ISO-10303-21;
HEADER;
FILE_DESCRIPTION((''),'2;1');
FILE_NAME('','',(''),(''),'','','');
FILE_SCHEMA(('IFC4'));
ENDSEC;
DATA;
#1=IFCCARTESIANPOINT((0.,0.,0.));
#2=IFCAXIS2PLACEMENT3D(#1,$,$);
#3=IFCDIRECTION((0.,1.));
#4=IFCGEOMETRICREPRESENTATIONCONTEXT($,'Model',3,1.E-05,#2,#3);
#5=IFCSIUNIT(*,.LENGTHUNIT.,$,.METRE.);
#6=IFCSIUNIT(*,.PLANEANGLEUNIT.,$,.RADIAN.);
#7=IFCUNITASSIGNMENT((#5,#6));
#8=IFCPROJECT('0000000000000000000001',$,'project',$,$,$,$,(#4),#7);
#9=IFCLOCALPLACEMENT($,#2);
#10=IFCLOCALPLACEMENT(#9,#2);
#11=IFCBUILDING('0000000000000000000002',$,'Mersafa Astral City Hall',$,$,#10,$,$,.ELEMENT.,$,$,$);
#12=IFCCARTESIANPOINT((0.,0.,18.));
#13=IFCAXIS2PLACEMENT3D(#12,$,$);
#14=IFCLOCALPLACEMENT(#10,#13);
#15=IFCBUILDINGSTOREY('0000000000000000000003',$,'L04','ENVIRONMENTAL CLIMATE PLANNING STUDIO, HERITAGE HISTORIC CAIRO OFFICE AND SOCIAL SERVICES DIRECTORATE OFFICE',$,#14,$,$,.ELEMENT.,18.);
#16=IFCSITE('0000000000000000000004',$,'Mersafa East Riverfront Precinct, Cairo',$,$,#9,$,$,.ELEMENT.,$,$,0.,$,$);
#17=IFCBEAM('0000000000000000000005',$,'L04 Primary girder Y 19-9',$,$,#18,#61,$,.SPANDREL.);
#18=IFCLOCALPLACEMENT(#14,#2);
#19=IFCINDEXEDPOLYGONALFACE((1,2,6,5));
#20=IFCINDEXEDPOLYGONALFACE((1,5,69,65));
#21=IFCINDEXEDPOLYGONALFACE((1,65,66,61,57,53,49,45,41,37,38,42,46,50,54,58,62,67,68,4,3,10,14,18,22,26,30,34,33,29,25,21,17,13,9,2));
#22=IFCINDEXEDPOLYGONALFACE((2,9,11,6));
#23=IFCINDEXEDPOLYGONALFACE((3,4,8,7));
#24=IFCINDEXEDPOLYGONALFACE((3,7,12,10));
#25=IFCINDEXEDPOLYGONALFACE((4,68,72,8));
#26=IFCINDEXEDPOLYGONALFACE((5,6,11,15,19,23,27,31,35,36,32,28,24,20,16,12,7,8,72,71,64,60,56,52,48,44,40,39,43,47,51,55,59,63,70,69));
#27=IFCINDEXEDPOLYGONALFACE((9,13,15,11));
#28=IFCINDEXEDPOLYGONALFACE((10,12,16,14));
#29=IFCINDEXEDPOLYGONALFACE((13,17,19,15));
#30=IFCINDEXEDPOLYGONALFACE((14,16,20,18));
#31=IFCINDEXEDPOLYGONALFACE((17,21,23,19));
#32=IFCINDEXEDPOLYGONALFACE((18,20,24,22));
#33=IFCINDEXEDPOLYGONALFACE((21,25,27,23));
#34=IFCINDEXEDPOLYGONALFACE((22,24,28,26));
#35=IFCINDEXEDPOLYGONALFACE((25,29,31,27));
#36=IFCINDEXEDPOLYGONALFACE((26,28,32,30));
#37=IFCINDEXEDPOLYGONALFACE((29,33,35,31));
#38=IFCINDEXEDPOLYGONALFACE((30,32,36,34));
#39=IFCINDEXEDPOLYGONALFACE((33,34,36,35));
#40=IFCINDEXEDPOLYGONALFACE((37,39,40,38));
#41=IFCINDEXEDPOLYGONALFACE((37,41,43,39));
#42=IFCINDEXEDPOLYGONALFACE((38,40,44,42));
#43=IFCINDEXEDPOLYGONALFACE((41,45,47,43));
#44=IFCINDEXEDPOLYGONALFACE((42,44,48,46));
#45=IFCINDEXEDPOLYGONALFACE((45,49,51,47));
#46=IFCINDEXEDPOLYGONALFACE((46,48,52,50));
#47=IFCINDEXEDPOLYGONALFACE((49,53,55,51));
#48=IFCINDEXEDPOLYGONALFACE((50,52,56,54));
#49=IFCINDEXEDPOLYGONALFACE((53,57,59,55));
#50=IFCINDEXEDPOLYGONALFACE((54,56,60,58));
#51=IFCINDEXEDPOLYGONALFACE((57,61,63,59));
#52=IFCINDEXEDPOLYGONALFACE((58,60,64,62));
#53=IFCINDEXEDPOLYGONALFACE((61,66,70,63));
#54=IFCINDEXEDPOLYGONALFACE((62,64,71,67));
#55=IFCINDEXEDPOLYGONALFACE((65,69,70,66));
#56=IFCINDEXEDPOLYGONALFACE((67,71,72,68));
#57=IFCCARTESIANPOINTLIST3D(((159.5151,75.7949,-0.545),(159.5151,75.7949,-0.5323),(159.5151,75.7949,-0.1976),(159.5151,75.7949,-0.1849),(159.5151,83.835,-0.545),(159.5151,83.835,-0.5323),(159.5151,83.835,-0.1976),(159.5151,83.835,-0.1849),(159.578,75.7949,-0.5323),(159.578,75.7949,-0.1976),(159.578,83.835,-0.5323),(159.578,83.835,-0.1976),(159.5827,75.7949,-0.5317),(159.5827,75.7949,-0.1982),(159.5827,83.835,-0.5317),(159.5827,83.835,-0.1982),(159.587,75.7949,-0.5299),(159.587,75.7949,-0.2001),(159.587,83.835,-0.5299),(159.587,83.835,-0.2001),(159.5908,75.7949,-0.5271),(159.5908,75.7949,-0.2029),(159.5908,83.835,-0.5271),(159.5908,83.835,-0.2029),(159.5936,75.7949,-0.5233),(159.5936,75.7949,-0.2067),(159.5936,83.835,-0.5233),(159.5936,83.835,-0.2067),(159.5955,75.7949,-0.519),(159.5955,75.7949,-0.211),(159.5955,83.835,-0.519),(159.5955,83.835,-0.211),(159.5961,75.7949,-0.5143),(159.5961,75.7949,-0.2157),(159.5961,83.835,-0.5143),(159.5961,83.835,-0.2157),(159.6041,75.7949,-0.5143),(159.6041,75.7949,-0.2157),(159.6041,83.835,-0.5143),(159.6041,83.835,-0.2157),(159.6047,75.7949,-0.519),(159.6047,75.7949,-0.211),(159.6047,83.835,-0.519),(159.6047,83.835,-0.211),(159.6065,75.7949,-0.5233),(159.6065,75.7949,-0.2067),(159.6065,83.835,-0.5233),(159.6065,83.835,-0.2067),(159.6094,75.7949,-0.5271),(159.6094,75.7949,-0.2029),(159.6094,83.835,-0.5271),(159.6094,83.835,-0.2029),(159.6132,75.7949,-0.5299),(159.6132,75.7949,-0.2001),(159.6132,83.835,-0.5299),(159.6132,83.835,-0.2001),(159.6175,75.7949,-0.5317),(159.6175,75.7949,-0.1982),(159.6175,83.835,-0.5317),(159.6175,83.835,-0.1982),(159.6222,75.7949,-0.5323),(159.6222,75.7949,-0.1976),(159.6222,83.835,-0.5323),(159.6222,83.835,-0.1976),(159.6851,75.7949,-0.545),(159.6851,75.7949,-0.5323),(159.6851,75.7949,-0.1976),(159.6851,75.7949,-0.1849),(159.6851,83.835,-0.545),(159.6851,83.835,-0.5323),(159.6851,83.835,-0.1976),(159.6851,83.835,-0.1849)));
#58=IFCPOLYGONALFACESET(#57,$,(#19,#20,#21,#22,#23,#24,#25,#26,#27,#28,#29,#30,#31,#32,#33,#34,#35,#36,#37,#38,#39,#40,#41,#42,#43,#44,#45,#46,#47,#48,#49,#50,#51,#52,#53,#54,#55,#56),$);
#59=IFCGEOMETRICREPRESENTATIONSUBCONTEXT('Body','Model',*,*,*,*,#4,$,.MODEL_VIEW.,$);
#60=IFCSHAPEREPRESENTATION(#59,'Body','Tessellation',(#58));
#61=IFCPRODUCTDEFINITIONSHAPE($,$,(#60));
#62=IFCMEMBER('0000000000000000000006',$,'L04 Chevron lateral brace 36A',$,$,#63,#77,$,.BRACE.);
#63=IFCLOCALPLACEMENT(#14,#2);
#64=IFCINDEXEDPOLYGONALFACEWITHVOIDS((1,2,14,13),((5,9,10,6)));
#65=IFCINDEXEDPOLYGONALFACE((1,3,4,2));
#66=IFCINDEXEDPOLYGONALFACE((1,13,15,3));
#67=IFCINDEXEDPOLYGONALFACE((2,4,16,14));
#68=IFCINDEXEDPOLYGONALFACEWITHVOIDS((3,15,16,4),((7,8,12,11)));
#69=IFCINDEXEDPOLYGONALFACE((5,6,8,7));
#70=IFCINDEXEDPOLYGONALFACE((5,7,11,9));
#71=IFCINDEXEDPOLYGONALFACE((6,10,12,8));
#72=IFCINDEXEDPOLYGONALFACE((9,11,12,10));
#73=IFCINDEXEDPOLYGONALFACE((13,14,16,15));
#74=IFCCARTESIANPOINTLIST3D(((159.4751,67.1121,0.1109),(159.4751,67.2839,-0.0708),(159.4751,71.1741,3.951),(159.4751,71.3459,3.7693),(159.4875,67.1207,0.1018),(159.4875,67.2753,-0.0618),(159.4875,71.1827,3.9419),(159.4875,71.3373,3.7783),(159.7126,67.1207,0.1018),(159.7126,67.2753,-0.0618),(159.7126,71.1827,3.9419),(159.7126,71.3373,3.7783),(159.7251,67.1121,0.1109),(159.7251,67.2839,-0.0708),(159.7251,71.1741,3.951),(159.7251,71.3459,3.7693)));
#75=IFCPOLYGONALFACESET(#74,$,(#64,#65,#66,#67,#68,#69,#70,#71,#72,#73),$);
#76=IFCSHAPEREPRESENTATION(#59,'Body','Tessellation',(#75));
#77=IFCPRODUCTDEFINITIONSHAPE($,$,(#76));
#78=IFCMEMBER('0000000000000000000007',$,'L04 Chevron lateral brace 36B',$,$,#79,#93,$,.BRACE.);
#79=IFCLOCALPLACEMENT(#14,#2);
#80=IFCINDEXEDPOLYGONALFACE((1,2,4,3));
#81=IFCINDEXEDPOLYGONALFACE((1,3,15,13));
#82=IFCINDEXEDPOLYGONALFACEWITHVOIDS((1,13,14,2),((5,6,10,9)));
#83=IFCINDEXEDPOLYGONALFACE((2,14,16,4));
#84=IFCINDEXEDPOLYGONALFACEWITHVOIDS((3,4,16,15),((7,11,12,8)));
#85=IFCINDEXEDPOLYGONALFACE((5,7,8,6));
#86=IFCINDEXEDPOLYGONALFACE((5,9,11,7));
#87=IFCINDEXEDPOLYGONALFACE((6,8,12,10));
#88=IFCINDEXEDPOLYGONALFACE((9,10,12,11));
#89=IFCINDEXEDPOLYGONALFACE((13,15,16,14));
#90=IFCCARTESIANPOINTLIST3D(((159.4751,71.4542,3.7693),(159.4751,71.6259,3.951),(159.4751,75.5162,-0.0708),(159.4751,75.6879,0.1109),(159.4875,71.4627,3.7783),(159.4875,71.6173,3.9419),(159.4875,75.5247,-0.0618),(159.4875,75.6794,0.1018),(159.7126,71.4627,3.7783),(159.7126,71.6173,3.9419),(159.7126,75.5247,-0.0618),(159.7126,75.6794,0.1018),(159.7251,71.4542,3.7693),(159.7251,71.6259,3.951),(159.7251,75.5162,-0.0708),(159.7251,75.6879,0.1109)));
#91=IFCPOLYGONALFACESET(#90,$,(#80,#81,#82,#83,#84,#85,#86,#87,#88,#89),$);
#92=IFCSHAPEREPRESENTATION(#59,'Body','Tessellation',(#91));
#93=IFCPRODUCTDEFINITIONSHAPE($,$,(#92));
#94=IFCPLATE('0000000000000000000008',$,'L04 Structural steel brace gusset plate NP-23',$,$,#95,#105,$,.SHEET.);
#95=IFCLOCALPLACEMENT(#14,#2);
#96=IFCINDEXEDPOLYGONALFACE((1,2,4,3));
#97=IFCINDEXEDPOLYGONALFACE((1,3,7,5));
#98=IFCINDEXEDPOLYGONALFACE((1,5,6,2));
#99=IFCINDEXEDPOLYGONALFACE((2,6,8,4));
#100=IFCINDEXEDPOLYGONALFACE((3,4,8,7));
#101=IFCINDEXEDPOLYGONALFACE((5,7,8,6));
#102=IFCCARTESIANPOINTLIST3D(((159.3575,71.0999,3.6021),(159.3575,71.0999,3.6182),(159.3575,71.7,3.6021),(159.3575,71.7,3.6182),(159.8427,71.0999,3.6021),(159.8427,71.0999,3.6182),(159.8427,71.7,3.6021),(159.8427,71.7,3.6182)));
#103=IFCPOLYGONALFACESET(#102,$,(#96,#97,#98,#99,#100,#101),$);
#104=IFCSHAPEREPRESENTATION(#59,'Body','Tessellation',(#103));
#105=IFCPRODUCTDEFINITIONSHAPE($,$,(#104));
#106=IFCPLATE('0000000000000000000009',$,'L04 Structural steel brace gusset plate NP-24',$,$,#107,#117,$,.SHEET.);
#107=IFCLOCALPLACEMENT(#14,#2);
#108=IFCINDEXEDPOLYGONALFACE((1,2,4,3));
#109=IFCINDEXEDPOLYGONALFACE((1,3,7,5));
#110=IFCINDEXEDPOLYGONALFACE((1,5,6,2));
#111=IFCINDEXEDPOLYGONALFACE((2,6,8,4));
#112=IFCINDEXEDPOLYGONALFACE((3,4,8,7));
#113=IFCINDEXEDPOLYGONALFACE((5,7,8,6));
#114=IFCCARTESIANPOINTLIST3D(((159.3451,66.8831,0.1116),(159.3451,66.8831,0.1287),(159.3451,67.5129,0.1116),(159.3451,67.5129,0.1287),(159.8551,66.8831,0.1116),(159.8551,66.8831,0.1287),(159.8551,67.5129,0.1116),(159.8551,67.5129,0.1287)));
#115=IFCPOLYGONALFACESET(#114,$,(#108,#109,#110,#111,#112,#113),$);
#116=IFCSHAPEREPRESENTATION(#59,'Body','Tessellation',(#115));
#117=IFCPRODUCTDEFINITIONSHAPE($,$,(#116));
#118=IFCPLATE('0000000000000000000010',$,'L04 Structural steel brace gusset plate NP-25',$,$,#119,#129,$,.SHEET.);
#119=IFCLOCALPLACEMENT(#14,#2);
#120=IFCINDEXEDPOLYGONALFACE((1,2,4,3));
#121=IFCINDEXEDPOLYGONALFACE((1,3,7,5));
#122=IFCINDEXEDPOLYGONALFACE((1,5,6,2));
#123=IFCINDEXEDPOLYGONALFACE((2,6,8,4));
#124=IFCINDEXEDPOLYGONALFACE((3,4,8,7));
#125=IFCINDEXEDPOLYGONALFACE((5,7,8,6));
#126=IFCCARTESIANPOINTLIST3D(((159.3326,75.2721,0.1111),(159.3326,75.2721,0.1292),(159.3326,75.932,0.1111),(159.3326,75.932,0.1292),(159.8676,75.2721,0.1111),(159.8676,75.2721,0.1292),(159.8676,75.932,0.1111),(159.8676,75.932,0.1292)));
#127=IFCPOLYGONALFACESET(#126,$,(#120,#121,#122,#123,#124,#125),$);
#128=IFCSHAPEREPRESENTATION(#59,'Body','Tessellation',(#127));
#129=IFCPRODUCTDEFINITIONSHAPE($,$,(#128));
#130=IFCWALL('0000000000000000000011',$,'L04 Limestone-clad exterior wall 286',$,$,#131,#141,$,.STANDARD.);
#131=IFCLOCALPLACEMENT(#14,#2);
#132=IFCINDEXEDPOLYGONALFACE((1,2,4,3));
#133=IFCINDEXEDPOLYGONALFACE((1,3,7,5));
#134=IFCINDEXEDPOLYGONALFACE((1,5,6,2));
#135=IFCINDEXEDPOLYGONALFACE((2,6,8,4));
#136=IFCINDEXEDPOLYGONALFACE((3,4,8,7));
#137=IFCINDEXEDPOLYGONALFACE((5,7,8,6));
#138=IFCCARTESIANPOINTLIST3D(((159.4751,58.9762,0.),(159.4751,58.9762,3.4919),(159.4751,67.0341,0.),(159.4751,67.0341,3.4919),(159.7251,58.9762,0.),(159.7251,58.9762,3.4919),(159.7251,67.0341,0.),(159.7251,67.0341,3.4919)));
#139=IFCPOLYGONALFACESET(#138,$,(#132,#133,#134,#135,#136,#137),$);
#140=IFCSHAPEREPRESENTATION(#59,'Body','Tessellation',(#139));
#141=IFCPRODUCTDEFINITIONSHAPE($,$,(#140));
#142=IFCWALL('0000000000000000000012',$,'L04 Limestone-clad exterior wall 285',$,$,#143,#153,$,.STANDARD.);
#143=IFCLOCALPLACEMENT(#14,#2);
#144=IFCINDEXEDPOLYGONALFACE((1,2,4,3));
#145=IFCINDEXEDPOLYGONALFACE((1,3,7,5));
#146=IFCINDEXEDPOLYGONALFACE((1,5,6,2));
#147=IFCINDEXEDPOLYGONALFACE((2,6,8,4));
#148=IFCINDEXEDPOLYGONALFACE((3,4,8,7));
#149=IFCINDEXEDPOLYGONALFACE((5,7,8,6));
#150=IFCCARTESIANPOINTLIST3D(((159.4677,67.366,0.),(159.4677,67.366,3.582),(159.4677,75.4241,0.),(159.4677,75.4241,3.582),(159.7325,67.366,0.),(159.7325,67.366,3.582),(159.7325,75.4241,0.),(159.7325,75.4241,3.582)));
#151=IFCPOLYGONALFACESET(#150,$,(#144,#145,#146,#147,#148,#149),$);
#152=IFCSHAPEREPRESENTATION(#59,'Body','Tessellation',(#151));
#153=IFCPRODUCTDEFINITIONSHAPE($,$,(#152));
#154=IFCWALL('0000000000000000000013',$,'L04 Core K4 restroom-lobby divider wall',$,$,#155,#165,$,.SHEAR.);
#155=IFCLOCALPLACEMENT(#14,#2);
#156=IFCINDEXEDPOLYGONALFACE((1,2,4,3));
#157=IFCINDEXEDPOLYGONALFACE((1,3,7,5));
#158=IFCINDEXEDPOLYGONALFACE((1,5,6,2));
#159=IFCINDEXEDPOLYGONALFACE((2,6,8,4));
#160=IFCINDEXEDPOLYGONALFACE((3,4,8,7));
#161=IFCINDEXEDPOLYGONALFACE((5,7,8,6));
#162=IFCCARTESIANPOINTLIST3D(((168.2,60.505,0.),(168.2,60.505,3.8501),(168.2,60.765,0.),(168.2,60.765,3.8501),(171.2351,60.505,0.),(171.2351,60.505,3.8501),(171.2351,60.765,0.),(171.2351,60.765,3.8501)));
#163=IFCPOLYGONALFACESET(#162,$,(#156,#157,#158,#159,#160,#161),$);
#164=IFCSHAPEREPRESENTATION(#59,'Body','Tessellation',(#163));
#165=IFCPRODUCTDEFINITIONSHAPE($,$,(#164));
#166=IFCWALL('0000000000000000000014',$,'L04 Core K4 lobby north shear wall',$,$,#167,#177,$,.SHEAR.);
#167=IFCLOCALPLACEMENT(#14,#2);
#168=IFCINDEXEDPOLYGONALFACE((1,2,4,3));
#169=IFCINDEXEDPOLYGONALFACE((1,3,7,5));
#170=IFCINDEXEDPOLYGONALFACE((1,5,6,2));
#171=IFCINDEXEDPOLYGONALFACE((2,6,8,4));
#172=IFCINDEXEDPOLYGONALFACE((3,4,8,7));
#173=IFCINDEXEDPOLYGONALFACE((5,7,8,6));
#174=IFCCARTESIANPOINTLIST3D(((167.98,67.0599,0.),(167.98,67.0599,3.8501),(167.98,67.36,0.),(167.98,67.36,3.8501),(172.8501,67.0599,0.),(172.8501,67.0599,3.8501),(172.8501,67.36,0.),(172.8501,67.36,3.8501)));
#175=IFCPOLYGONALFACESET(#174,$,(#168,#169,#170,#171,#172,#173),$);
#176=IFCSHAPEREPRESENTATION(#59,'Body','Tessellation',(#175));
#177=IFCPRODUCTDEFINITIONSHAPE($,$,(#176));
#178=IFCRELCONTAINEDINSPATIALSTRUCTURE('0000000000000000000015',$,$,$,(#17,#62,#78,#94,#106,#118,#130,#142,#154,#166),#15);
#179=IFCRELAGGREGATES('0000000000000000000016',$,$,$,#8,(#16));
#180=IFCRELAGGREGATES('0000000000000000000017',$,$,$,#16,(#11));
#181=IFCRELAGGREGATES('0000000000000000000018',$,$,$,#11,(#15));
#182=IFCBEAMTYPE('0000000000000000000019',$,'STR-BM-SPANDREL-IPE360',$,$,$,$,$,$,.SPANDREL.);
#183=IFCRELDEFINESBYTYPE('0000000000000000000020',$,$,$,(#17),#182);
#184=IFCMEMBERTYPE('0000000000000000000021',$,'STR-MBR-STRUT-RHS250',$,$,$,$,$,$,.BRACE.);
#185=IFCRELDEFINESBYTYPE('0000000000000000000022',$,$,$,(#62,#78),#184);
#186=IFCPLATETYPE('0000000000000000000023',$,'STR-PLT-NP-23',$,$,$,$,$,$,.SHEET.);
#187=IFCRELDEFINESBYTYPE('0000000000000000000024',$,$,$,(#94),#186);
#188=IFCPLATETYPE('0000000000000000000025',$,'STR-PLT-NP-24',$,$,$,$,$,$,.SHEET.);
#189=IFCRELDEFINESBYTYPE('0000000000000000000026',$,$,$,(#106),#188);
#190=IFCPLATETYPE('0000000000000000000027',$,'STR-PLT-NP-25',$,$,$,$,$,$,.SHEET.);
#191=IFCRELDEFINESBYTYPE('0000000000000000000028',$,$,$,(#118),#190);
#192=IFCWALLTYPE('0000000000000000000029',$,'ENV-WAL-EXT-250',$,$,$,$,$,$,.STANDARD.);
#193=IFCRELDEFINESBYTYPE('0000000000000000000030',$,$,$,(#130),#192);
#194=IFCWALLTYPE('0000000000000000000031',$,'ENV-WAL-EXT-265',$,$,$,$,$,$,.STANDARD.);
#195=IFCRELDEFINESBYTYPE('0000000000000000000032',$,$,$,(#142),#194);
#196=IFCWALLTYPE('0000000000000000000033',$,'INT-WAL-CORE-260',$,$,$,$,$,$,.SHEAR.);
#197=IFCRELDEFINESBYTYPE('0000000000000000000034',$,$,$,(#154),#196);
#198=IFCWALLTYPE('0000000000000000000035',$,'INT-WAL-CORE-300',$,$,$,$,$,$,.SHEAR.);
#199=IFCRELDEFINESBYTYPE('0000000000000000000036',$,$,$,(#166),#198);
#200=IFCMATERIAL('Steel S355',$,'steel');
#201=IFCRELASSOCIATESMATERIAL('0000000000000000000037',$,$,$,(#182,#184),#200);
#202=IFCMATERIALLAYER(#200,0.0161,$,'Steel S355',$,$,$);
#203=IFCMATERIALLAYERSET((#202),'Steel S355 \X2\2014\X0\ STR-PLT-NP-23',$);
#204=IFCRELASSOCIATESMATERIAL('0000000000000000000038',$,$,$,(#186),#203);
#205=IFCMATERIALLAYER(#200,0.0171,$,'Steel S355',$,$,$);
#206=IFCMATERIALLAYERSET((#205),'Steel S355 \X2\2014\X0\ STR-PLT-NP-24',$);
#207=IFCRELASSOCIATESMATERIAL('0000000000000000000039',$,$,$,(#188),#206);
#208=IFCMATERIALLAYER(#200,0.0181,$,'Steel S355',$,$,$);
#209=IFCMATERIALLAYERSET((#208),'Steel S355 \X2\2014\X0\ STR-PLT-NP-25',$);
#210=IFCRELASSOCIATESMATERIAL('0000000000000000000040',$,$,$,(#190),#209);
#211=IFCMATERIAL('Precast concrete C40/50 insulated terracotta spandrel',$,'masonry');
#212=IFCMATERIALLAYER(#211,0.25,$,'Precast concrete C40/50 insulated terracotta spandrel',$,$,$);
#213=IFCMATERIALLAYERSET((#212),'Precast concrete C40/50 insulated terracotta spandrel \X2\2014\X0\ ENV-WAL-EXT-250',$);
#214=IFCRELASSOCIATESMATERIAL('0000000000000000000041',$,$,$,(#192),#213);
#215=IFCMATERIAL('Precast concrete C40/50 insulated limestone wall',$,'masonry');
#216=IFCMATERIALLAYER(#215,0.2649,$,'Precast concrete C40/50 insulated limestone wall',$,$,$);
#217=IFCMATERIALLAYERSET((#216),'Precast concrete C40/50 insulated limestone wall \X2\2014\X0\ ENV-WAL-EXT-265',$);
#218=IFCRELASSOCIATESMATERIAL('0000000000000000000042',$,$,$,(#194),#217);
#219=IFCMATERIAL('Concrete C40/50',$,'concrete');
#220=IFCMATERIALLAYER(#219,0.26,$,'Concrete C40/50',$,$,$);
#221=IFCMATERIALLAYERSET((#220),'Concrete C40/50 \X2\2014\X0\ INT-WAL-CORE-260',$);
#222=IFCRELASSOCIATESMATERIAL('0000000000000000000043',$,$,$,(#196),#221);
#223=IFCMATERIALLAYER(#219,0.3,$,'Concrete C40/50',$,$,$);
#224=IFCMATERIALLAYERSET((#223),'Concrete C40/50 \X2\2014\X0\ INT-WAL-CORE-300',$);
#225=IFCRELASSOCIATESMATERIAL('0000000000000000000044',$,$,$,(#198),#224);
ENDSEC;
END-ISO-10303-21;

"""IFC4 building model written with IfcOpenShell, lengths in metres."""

from ifc_helpers import new_model, si_unit, direction, frame, frame_2d, origin, origin_2d, place, context, subcontext, project, spatial, rectangle, hollow_rectangle, i_section, extrude, material, layer, layer_set, material_profile, profile_set, type_object, element, save


model = new_model("IFC4")

# Units and contexts
model_context = context("Model", 3, precision=1e-05, world=origin(), true_north=direction((0.0, 1.0)))
body_context = subcontext(model_context, "Body", "Model", "MODEL_VIEW")
ifc_project = project(units=[si_unit("LENGTHUNIT", "METRE"), si_unit("PLANEANGLEUNIT", "RADIAN")], contexts=[model_context])

# Site, building, storey
site_placement = place(None, origin())
site = spatial("IfcSite", under=ifc_project, at=site_placement, Name="Mersafa East Riverfront Precinct, Cairo", CompositionType="ELEMENT", RefElevation=0.0)
building_placement = place(site_placement, origin())
building = spatial("IfcBuilding", under=site, at=building_placement, Name="Mersafa Astral City Hall", CompositionType="ELEMENT")
storey_placement = place(building_placement, frame((0.0, 0.0, 18.0)))
storey = spatial("IfcBuildingStorey", under=building, at=storey_placement, Name="L04", Description="ENVIRONMENTAL CLIMATE PLANNING STUDIO, HERITAGE HISTORIC CAIRO OFFICE AND SOCIAL SERVICES DIRECTORATE OFFICE", CompositionType="ELEMENT", Elevation=18.0)

# Shared definitions
ifc_material_1 = material(Name="Steel S355", Category="steel")

# Beam
ifc_material_profile_1 = material_profile(ifc_material_1, i_section(OverallWidth=0.1699, OverallDepth=0.3601, WebThickness=0.0081, FlangeThickness=0.0127, FilletRadius=0.0181, at=origin_2d()), Name="IPE 360")
ifc_profile_set_1 = profile_set([ifc_material_profile_1], Name="Steel S355")
beam_type_1 = type_object("IfcBeamType", Name="STR-BM-SPANDREL-IPE360", PredefinedType="SPANDREL", material=ifc_profile_set_1)
beam_1_placement = place(storey_placement, frame((159.6001, 75.7949, -0.365), z_axis=(0.0, 1.0, 0.0), x_axis=(-1.0, 0.0, 0.0)))
element("IfcBeam", 1, at=beam_1_placement, inside=storey, type_object=beam_type_1, Name="L04 Primary girder Y 19-9", PredefinedType="SPANDREL", context=body_context, shape_type="SweptSolid", body=[
    extrude(i_section(OverallWidth=0.1699, OverallDepth=0.3601, WebThickness=0.0081, FlangeThickness=0.0127, FilletRadius=0.0181, at=origin_2d()), origin(), (0.0, 0.0, 1.0), 8.04),
])

# Members
ifc_material_profile_2 = material_profile(ifc_material_1, hollow_rectangle(XDim=0.25, YDim=0.25, WallThickness=0.0125, at=origin_2d()), Name="RHS 250x250x12.5")
ifc_profile_set_2 = profile_set([ifc_material_profile_2], Name="Steel S355")
member_type = type_object("IfcMemberType", Name="STR-MBR-STRUT-RHS250", PredefinedType="BRACE", material=ifc_profile_set_2)
for number, where, z_axis, x_axis, name in (
    (2, (159.6001, 67.198, 0.02), (0.0, 0.726679, 0.686977), (-1.0, 0.0, 0.0), "L04 Chevron lateral brace 36A"),
    (3, (159.6001, 75.6021, 0.02), (0.0, -0.726679, 0.686977), (1.0, 0.0, 0.0), "L04 Chevron lateral brace 36B"),
):
    element("IfcMember", number, at=place(storey_placement, frame(where, z_axis=z_axis, x_axis=x_axis)), inside=storey, type_object=member_type, Name=name, PredefinedType="BRACE", context=body_context, shape_type="SweptSolid", body=[
        extrude(hollow_rectangle(XDim=0.25, YDim=0.25, WallThickness=0.0125, at=origin_2d()), origin(), (0.0, 0.0, 1.0), 5.5898),
    ])

# Plates
ifc_layer_1 = layer(ifc_material_1, 0.0161, Name="Steel S355")
ifc_layer_set_1 = layer_set([ifc_layer_1], Name="Steel S355 — STR-PLT-NP-23")
plate_type_1 = type_object("IfcPlateType", Name="STR-PLT-NP-23", PredefinedType="SHEET", material=ifc_layer_set_1)
plate_1_placement = place(storey_placement, frame((159.6001, 71.3999, 3.6021), z_axis=(0.0, 0.0, 1.0), x_axis=(1.0, 0.0, 0.0)))
element("IfcPlate", 4, at=plate_1_placement, inside=storey, type_object=plate_type_1, Name="L04 Structural steel brace gusset plate NP-23", PredefinedType="SHEET", context=body_context, shape_type="SweptSolid", body=[
    extrude(rectangle(XDim=0.4851, YDim=0.6001, at=origin_2d()), origin(), (0.0, 0.0, 1.0), 0.0161),
])
ifc_layer_2 = layer(ifc_material_1, 0.0171, Name="Steel S355")
ifc_layer_set_2 = layer_set([ifc_layer_2], Name="Steel S355 — STR-PLT-NP-24")
plate_type_2 = type_object("IfcPlateType", Name="STR-PLT-NP-24", PredefinedType="SHEET", material=ifc_layer_set_2)
plate_2_placement = place(storey_placement, frame((159.6001, 67.198, 0.1116), z_axis=(0.0, 0.0, 1.0), x_axis=(1.0, 0.0, 0.0)))
element("IfcPlate", 5, at=plate_2_placement, inside=storey, type_object=plate_type_2, Name="L04 Structural steel brace gusset plate NP-24", PredefinedType="SHEET", context=body_context, shape_type="SweptSolid", body=[
    extrude(rectangle(XDim=0.51, YDim=0.6299, at=origin_2d()), origin(), (0.0, 0.0, 1.0), 0.0171),
])
ifc_layer_3 = layer(ifc_material_1, 0.0181, Name="Steel S355")
ifc_layer_set_3 = layer_set([ifc_layer_3], Name="Steel S355 — STR-PLT-NP-25")
plate_type_3 = type_object("IfcPlateType", Name="STR-PLT-NP-25", PredefinedType="SHEET", material=ifc_layer_set_3)
plate_3_placement = place(storey_placement, frame((159.6001, 75.6021, 0.1111), z_axis=(0.0, 0.0, 1.0), x_axis=(1.0, 0.0, 0.0)))
element("IfcPlate", 6, at=plate_3_placement, inside=storey, type_object=plate_type_3, Name="L04 Structural steel brace gusset plate NP-25", PredefinedType="SHEET", context=body_context, shape_type="SweptSolid", body=[
    extrude(rectangle(XDim=0.5349, YDim=0.6599, at=origin_2d()), origin(), (0.0, 0.0, 1.0), 0.0181),
])

# Walls
ifc_material_2 = material(Name="Precast concrete C40/50 insulated terracotta spandrel", Category="masonry")
ifc_layer_4 = layer(ifc_material_2, 0.25, Name="Precast concrete C40/50 insulated terracotta spandrel")
ifc_layer_set_4 = layer_set([ifc_layer_4], Name="Precast concrete C40/50 insulated terracotta spandrel — ENV-WAL-EXT-250")
wall_type_1 = type_object("IfcWallType", Name="ENV-WAL-EXT-250", PredefinedType="STANDARD", material=ifc_layer_set_4)
wall_1_placement = place(storey_placement, frame((159.6001, 67.0339, 0.0), z_axis=(0.0, 0.0, 1.0), x_axis=(0.0, -1.0, 0.0)))
element("IfcWall", 7, at=wall_1_placement, inside=storey, type_object=wall_type_1, Name="L04 Limestone-clad exterior wall 286", PredefinedType="STANDARD", context=body_context, shape_type="SweptSolid", body=[
    extrude(rectangle(XDim=8.0579, YDim=0.25, at=frame_2d((4.0288, 0.0))), origin(), (0.0, 0.0, 1.0), 3.4919),
])
ifc_material_3 = material(Name="Precast concrete C40/50 insulated limestone wall", Category="masonry")
ifc_layer_5 = layer(ifc_material_3, 0.2649, Name="Precast concrete C40/50 insulated limestone wall")
ifc_layer_set_5 = layer_set([ifc_layer_5], Name="Precast concrete C40/50 insulated limestone wall — ENV-WAL-EXT-265")
wall_type_2 = type_object("IfcWallType", Name="ENV-WAL-EXT-265", PredefinedType="STANDARD", material=ifc_layer_set_5)
wall_2_placement = place(storey_placement, frame((159.6001, 75.4241, 0.0), z_axis=(0.0, 0.0, 1.0), x_axis=(0.0, -1.0, 0.0)))
element("IfcWall", 8, at=wall_2_placement, inside=storey, type_object=wall_type_2, Name="L04 Limestone-clad exterior wall 285", PredefinedType="STANDARD", context=body_context, shape_type="SweptSolid", body=[
    extrude(rectangle(XDim=8.0581, YDim=0.2649, at=frame_2d((4.0291, 0.0))), origin(), (0.0, 0.0, 1.0), 3.582),
])
ifc_material_4 = material(Name="Concrete C40/50", Category="concrete")
ifc_layer_6 = layer(ifc_material_4, 0.26, Name="Concrete C40/50")
ifc_layer_set_6 = layer_set([ifc_layer_6], Name="Concrete C40/50 — INT-WAL-CORE-260")
wall_type_3 = type_object("IfcWallType", Name="INT-WAL-CORE-260", PredefinedType="SHEAR", material=ifc_layer_set_6)
wall_3_placement = place(storey_placement, frame((168.2, 60.635, 0.0), z_axis=(0.0, 0.0, 1.0), x_axis=(1.0, 0.0, 0.0)))
element("IfcWall", 9, at=wall_3_placement, inside=storey, type_object=wall_type_3, Name="L04 Core K4 restroom-lobby divider wall", PredefinedType="SHEAR", context=body_context, shape_type="SweptSolid", body=[
    extrude(rectangle(XDim=3.0352, YDim=0.26, at=frame_2d((1.5176, 0.0))), origin(), (0.0, 0.0, 1.0), 3.8501),
])
ifc_layer_7 = layer(ifc_material_4, 0.3, Name="Concrete C40/50")
ifc_layer_set_7 = layer_set([ifc_layer_7], Name="Concrete C40/50 — INT-WAL-CORE-300")
wall_type_4 = type_object("IfcWallType", Name="INT-WAL-CORE-300", PredefinedType="SHEAR", material=ifc_layer_set_7)
wall_4_placement = place(storey_placement, frame((167.98, 67.21, 0.0), z_axis=(0.0, 0.0, 1.0), x_axis=(1.0, 0.0, 0.0)))
element("IfcWall", 10, at=wall_4_placement, inside=storey, type_object=wall_type_4, Name="L04 Core K4 lobby north shear wall", PredefinedType="SHEAR", context=body_context, shape_type="SweptSolid", body=[
    extrude(rectangle(XDim=4.8701, YDim=0.3, at=frame_2d((2.4351, 0.0))), origin(), (0.0, 0.0, 1.0), 3.8501),
])

save(model, "model.ifc")
